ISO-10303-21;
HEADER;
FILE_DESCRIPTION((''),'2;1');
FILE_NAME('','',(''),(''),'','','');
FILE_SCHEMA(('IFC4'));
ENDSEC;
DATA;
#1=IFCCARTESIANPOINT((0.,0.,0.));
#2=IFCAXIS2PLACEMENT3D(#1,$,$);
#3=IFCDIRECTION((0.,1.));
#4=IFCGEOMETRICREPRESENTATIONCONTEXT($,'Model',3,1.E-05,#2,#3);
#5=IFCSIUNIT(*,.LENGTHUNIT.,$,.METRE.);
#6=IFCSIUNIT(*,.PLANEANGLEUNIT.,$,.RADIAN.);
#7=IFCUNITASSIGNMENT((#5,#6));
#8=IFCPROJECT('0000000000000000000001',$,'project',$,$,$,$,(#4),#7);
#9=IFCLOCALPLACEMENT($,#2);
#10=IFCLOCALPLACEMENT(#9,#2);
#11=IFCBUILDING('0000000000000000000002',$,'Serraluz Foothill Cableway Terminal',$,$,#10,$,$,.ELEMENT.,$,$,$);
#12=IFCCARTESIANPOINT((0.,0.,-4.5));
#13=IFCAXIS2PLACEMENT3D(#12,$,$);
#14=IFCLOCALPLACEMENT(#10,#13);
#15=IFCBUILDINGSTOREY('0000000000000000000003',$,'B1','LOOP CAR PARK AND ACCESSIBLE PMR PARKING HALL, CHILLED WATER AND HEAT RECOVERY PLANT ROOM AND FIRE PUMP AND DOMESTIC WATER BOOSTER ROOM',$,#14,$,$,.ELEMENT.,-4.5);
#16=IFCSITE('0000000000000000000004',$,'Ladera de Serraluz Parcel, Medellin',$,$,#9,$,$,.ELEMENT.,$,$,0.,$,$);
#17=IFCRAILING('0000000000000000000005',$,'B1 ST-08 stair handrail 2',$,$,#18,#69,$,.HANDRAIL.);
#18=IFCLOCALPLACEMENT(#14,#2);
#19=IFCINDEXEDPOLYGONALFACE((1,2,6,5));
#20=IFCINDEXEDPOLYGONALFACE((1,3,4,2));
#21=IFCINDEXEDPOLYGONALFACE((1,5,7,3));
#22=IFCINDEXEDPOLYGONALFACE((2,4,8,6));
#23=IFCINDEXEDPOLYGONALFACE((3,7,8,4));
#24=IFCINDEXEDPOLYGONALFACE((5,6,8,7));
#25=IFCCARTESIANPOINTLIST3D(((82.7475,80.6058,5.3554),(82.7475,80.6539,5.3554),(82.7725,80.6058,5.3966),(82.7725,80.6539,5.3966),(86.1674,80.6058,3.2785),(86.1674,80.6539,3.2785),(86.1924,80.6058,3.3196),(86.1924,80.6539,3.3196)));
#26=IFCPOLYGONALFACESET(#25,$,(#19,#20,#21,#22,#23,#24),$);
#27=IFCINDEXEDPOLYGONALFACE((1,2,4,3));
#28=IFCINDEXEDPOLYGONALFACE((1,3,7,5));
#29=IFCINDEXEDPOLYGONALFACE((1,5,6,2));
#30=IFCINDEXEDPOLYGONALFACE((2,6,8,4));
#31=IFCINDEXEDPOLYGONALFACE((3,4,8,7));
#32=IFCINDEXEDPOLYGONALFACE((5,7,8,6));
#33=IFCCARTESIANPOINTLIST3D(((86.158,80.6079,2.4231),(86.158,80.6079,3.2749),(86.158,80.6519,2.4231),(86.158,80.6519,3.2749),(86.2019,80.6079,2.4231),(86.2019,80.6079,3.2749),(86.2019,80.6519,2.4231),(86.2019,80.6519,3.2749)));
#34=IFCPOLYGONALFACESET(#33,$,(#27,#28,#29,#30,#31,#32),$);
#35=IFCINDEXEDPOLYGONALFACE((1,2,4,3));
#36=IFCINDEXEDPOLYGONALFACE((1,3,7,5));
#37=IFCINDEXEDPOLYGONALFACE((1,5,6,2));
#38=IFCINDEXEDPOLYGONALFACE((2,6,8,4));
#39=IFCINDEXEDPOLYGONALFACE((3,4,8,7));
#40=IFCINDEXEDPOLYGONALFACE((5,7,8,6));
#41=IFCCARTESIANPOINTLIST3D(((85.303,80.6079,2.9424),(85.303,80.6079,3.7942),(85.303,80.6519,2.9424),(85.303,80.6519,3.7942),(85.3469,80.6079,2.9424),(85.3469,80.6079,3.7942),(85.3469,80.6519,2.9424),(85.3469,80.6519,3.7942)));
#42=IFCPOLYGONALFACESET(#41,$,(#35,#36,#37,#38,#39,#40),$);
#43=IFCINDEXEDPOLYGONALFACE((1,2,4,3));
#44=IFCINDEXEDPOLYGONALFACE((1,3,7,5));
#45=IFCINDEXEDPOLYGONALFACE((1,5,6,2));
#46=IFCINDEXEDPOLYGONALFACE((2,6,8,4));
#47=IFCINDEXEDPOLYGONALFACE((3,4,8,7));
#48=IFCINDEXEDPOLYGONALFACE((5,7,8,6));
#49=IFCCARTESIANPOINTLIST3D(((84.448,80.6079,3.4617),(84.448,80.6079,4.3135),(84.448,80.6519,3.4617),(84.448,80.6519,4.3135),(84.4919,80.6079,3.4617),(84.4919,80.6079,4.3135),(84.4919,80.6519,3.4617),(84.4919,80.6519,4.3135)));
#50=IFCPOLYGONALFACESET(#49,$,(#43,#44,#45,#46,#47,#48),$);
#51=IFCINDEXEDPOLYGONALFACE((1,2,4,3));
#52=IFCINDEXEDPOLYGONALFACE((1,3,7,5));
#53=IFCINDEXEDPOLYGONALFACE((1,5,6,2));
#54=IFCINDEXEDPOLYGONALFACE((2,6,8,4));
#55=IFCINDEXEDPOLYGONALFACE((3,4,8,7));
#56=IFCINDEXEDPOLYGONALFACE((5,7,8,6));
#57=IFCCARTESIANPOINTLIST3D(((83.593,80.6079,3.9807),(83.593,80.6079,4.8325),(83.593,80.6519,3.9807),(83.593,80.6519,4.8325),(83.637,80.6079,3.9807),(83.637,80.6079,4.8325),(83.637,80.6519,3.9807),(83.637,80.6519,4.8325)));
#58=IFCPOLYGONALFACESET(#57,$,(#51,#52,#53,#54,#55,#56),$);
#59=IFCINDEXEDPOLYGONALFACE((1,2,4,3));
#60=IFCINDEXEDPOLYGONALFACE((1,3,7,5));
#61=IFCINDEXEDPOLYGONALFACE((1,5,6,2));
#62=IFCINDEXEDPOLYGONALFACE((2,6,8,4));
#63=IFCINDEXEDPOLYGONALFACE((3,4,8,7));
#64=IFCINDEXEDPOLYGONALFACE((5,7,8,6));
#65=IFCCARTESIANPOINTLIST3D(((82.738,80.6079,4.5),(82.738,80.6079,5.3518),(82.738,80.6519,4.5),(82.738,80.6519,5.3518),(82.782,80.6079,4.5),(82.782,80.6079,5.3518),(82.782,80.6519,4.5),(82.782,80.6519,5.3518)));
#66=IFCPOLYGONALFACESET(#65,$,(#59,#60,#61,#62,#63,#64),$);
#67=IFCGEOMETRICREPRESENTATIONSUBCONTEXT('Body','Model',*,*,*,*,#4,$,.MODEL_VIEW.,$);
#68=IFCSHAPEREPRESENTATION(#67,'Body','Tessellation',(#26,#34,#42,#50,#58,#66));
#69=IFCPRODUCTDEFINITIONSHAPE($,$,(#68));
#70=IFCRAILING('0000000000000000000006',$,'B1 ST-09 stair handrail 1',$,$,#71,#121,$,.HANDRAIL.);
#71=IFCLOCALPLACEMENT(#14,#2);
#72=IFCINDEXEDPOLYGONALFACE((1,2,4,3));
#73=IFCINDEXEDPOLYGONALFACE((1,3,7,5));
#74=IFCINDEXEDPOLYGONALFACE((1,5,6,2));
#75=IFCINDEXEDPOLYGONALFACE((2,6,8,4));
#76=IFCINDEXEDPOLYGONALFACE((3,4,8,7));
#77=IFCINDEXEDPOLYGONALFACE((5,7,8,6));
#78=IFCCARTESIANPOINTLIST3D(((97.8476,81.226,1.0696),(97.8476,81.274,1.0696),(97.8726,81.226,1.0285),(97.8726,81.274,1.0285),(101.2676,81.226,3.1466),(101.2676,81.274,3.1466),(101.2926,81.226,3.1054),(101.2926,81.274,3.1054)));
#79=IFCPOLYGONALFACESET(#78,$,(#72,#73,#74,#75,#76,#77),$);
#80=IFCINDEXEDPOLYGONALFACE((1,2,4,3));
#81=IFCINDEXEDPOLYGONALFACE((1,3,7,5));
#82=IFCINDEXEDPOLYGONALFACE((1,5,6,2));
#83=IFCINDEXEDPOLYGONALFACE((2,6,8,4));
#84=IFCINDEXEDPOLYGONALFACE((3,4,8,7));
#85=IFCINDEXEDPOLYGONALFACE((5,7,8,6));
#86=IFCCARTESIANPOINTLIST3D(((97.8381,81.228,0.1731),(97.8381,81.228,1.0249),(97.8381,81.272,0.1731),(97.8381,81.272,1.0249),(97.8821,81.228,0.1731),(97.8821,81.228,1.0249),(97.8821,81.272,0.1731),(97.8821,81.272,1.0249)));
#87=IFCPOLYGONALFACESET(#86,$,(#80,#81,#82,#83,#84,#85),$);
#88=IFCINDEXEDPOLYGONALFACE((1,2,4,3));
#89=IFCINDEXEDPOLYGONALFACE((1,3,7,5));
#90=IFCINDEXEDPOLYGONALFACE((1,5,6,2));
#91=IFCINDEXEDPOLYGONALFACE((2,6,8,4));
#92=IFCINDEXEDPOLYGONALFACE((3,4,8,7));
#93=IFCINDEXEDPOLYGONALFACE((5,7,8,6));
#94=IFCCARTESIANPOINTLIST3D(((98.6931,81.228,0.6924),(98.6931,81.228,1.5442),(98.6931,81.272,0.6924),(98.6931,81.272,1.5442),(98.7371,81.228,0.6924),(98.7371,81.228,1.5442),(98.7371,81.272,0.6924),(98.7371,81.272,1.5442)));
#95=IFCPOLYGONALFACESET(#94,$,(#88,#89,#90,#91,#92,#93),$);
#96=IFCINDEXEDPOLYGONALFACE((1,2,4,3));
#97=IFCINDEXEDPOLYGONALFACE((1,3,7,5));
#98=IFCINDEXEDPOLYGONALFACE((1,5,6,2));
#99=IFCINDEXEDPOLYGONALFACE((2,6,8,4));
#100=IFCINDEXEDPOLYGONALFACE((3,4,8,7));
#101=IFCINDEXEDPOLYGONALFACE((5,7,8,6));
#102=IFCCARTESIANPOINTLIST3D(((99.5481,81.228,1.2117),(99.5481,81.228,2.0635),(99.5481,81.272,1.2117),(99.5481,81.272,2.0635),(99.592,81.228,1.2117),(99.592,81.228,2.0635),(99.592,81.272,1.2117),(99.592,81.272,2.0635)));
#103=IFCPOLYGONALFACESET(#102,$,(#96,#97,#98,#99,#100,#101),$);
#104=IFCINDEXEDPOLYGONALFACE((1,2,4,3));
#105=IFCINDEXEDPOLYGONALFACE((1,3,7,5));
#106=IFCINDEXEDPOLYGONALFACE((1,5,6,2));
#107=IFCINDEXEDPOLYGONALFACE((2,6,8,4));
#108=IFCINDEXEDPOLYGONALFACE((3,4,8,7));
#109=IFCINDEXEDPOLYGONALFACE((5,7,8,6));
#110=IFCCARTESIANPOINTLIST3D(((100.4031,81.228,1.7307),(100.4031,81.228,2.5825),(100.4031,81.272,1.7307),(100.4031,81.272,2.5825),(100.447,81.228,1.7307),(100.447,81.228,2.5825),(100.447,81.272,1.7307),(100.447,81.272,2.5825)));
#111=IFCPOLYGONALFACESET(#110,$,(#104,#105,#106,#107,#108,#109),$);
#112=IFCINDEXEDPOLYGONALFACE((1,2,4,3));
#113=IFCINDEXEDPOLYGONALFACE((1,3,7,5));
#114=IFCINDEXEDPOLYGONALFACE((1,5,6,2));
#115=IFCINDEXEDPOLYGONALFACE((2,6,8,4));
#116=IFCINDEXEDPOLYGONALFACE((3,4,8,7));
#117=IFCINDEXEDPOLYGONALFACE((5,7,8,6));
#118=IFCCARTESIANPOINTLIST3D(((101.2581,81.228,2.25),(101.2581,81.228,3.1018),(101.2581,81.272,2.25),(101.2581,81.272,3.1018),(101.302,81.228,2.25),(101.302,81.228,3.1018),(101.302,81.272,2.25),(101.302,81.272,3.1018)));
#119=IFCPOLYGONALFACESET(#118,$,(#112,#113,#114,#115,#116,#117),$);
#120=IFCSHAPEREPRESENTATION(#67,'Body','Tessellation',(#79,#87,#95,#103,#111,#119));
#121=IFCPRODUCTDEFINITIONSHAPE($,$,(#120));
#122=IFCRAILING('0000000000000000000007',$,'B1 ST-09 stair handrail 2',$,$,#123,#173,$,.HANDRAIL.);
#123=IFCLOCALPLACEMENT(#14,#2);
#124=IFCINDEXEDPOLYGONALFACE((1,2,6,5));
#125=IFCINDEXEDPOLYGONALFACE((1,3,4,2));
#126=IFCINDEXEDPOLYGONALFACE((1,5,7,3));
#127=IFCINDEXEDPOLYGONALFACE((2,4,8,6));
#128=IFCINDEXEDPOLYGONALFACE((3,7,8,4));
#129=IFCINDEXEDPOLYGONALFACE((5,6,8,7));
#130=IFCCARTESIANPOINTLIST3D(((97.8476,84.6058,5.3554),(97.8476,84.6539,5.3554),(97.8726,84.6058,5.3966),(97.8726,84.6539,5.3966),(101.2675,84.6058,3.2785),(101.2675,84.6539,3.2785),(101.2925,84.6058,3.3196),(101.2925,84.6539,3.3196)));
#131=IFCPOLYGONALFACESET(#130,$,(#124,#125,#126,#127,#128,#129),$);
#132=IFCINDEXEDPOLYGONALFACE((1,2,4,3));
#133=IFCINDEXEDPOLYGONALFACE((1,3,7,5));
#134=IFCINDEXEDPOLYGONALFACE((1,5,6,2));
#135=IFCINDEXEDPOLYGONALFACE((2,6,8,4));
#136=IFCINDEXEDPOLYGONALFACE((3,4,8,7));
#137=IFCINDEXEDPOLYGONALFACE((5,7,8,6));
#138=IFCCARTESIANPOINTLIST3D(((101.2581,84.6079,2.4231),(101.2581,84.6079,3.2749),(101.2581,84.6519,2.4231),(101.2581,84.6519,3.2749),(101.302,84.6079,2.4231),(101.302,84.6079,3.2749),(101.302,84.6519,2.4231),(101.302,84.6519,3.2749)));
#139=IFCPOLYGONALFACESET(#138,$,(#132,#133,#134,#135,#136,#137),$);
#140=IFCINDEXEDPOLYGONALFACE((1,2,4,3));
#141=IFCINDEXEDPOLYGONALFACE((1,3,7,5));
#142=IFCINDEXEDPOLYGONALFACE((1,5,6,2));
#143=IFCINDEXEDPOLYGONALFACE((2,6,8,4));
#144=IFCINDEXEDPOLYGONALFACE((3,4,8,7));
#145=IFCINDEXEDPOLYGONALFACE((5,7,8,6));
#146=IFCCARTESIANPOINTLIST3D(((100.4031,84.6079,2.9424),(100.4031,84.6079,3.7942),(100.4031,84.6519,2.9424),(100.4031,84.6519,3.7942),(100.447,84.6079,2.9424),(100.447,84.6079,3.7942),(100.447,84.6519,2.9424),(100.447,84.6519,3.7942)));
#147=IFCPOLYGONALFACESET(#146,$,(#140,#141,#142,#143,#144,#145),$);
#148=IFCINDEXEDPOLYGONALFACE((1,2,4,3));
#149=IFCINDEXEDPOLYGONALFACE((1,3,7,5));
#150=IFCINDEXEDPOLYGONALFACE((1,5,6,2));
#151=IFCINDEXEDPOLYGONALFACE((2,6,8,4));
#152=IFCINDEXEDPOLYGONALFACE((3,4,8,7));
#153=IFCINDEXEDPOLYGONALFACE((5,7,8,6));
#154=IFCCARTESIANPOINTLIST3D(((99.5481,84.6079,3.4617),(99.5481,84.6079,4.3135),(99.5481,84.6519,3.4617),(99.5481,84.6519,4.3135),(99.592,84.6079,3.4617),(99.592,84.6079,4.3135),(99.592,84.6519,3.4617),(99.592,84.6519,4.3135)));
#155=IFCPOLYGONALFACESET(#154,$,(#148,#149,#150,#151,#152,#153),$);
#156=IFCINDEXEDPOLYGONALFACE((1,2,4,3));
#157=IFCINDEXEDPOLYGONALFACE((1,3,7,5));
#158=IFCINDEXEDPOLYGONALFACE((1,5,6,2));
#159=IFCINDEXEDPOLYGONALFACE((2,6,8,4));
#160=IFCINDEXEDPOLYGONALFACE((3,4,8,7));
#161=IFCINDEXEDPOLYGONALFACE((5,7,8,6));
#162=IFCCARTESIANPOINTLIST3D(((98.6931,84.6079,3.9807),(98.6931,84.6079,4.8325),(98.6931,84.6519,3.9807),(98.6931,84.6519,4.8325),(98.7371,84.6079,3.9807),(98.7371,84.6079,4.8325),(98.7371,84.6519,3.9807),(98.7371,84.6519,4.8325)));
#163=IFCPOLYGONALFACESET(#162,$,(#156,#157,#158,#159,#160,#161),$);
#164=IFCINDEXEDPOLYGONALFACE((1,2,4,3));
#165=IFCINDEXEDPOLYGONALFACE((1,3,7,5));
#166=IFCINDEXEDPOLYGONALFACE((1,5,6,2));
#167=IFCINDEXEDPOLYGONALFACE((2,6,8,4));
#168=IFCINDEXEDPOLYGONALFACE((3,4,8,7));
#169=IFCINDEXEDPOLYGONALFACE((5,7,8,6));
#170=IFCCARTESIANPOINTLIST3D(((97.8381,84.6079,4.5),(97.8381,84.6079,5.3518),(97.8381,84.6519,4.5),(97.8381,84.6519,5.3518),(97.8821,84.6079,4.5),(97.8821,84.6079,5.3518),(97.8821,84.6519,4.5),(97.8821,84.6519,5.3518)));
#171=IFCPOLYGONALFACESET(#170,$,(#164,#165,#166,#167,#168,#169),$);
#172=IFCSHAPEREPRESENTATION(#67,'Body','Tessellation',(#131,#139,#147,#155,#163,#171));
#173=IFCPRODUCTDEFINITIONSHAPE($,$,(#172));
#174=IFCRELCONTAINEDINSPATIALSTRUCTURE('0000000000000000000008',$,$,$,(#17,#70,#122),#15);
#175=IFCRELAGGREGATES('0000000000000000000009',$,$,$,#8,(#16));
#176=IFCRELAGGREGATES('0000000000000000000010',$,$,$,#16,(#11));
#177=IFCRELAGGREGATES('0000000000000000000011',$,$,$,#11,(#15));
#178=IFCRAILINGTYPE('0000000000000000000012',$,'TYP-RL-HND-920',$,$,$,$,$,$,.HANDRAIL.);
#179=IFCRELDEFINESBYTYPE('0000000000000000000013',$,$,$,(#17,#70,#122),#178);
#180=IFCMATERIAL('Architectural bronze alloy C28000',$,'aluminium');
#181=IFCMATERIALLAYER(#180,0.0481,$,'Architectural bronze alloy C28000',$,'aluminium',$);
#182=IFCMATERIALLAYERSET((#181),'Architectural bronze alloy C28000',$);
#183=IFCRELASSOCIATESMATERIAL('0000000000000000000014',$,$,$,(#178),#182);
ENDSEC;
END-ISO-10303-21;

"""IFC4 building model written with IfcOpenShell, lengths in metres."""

from ifc_helpers import new_model, si_unit, direction, frame, origin, origin_2d, place, context, subcontext, project, spatial, rectangle, extrude, material, layer, layer_set, type_object, element, save


model = new_model("IFC4")

# Units and contexts
model_context = context("Model", 3, precision=1e-05, world=origin(), true_north=direction((0.0, 1.0)))
body_context = subcontext(model_context, "Body", "Model", "MODEL_VIEW")
ifc_project = project(units=[si_unit("LENGTHUNIT", "METRE"), si_unit("PLANEANGLEUNIT", "RADIAN")], contexts=[model_context])

# Site, building, storey
site_placement = place(None, origin())
site = spatial("IfcSite", under=ifc_project, at=site_placement, Name="Ladera de Serraluz Parcel, Medellin", CompositionType="ELEMENT", RefElevation=0.0)
building_placement = place(site_placement, origin())
building = spatial("IfcBuilding", under=site, at=building_placement, Name="Serraluz Foothill Cableway Terminal", CompositionType="ELEMENT")
storey_placement = place(building_placement, frame((0.0, 0.0, -4.5)))
storey = spatial("IfcBuildingStorey", under=building, at=storey_placement, Name="B1", Description="LOOP CAR PARK AND ACCESSIBLE PMR PARKING HALL, CHILLED WATER AND HEAT RECOVERY PLANT ROOM AND FIRE PUMP AND DOMESTIC WATER BOOSTER ROOM", CompositionType="ELEMENT", Elevation=-4.5)

# Railings
ifc_material_1 = material(Name="Architectural bronze alloy C28000", Category="aluminium")
ifc_layer_1 = layer(ifc_material_1, 0.0481, Name="Architectural bronze alloy C28000", Category="aluminium")
ifc_layer_set_1 = layer_set([ifc_layer_1], Name="Architectural bronze alloy C28000")
railing_type_1 = type_object("IfcRailingType", Name="TYP-RL-HND-920", PredefinedType="HANDRAIL", material=ifc_layer_set_1)
railing_1_placement = place(storey_placement, frame((86.1799, 80.6299, 2.4231)))
element("IfcRailing", 1, at=railing_1_placement, inside=storey, type_object=railing_type_1, Name="B1 ST-08 stair handrail 2", PredefinedType="HANDRAIL", context=body_context, shape_type="SweptSolid", body=[
    extrude(rectangle(XDim=0.0481, YDim=0.0481, at=origin_2d()), frame((0.0, 0.0, 0.876), z_axis=(-0.85473, 0.0, 0.519074), x_axis=(0.0, -1.0, 0.0)), (0.0, 0.0, 1.0), 4.0012),
    extrude(rectangle(XDim=0.0439, YDim=0.0439, at=origin_2d()), origin(), (0.0, 0.0, 1.0), 0.8518),
    extrude(rectangle(XDim=0.0439, YDim=0.0439, at=origin_2d()), frame((-0.855, 0.0, 0.5193)), (0.0, 0.0, 1.0), 0.8518),
    extrude(rectangle(XDim=0.0439, YDim=0.0439, at=origin_2d()), frame((-1.71, 0.0, 1.0386)), (0.0, 0.0, 1.0), 0.8518),
    extrude(rectangle(XDim=0.0439, YDim=0.0439, at=origin_2d()), frame((-2.5649, 0.0, 1.5576)), (0.0, 0.0, 1.0), 0.8518),
    extrude(rectangle(XDim=0.0439, YDim=0.0439, at=origin_2d()), frame((-3.4199, 0.0, 2.0769)), (0.0, 0.0, 1.0), 0.8518),
])
railing_2_placement = place(storey_placement, frame((97.8601, 81.25, 0.1731)))
element("IfcRailing", 2, at=railing_2_placement, inside=storey, type_object=railing_type_1, Name="B1 ST-09 stair handrail 1", PredefinedType="HANDRAIL", context=body_context, shape_type="SweptSolid", body=[
    extrude(rectangle(XDim=0.0481, YDim=0.0481, at=origin_2d()), frame((0.0, 0.0, 0.876), z_axis=(0.85473, 0.0, 0.519074), x_axis=(0.0, 1.0, 0.0)), (0.0, 0.0, 1.0), 4.0012),
    extrude(rectangle(XDim=0.0439, YDim=0.0439, at=origin_2d()), origin(), (0.0, 0.0, 1.0), 0.8518),
    extrude(rectangle(XDim=0.0439, YDim=0.0439, at=origin_2d()), frame((0.855, 0.0, 0.5193)), (0.0, 0.0, 1.0), 0.8518),
    extrude(rectangle(XDim=0.0439, YDim=0.0439, at=origin_2d()), frame((1.71, 0.0, 1.0386)), (0.0, 0.0, 1.0), 0.8518),
    extrude(rectangle(XDim=0.0439, YDim=0.0439, at=origin_2d()), frame((2.5649, 0.0, 1.5576)), (0.0, 0.0, 1.0), 0.8518),
    extrude(rectangle(XDim=0.0439, YDim=0.0439, at=origin_2d()), frame((3.4199, 0.0, 2.0769)), (0.0, 0.0, 1.0), 0.8518),
])
railing_3_placement = place(storey_placement, frame((101.28, 84.6299, 2.4231)))
element("IfcRailing", 3, at=railing_3_placement, inside=storey, type_object=railing_type_1, Name="B1 ST-09 stair handrail 2", PredefinedType="HANDRAIL", context=body_context, shape_type="SweptSolid", body=[
    extrude(rectangle(XDim=0.0481, YDim=0.0481, at=origin_2d()), frame((0.0, 0.0, 0.876), z_axis=(-0.85473, 0.0, 0.519074), x_axis=(0.0, -1.0, 0.0)), (0.0, 0.0, 1.0), 4.0012),
    extrude(rectangle(XDim=0.0439, YDim=0.0439, at=origin_2d()), origin(), (0.0, 0.0, 1.0), 0.8518),
    extrude(rectangle(XDim=0.0439, YDim=0.0439, at=origin_2d()), frame((-0.855, 0.0, 0.5193)), (0.0, 0.0, 1.0), 0.8518),
    extrude(rectangle(XDim=0.0439, YDim=0.0439, at=origin_2d()), frame((-1.71, 0.0, 1.0386)), (0.0, 0.0, 1.0), 0.8518),
    extrude(rectangle(XDim=0.0439, YDim=0.0439, at=origin_2d()), frame((-2.5649, 0.0, 1.5576)), (0.0, 0.0, 1.0), 0.8518),
    extrude(rectangle(XDim=0.0439, YDim=0.0439, at=origin_2d()), frame((-3.4199, 0.0, 2.0769)), (0.0, 0.0, 1.0), 0.8518),
])

save(model, "model.ifc")
